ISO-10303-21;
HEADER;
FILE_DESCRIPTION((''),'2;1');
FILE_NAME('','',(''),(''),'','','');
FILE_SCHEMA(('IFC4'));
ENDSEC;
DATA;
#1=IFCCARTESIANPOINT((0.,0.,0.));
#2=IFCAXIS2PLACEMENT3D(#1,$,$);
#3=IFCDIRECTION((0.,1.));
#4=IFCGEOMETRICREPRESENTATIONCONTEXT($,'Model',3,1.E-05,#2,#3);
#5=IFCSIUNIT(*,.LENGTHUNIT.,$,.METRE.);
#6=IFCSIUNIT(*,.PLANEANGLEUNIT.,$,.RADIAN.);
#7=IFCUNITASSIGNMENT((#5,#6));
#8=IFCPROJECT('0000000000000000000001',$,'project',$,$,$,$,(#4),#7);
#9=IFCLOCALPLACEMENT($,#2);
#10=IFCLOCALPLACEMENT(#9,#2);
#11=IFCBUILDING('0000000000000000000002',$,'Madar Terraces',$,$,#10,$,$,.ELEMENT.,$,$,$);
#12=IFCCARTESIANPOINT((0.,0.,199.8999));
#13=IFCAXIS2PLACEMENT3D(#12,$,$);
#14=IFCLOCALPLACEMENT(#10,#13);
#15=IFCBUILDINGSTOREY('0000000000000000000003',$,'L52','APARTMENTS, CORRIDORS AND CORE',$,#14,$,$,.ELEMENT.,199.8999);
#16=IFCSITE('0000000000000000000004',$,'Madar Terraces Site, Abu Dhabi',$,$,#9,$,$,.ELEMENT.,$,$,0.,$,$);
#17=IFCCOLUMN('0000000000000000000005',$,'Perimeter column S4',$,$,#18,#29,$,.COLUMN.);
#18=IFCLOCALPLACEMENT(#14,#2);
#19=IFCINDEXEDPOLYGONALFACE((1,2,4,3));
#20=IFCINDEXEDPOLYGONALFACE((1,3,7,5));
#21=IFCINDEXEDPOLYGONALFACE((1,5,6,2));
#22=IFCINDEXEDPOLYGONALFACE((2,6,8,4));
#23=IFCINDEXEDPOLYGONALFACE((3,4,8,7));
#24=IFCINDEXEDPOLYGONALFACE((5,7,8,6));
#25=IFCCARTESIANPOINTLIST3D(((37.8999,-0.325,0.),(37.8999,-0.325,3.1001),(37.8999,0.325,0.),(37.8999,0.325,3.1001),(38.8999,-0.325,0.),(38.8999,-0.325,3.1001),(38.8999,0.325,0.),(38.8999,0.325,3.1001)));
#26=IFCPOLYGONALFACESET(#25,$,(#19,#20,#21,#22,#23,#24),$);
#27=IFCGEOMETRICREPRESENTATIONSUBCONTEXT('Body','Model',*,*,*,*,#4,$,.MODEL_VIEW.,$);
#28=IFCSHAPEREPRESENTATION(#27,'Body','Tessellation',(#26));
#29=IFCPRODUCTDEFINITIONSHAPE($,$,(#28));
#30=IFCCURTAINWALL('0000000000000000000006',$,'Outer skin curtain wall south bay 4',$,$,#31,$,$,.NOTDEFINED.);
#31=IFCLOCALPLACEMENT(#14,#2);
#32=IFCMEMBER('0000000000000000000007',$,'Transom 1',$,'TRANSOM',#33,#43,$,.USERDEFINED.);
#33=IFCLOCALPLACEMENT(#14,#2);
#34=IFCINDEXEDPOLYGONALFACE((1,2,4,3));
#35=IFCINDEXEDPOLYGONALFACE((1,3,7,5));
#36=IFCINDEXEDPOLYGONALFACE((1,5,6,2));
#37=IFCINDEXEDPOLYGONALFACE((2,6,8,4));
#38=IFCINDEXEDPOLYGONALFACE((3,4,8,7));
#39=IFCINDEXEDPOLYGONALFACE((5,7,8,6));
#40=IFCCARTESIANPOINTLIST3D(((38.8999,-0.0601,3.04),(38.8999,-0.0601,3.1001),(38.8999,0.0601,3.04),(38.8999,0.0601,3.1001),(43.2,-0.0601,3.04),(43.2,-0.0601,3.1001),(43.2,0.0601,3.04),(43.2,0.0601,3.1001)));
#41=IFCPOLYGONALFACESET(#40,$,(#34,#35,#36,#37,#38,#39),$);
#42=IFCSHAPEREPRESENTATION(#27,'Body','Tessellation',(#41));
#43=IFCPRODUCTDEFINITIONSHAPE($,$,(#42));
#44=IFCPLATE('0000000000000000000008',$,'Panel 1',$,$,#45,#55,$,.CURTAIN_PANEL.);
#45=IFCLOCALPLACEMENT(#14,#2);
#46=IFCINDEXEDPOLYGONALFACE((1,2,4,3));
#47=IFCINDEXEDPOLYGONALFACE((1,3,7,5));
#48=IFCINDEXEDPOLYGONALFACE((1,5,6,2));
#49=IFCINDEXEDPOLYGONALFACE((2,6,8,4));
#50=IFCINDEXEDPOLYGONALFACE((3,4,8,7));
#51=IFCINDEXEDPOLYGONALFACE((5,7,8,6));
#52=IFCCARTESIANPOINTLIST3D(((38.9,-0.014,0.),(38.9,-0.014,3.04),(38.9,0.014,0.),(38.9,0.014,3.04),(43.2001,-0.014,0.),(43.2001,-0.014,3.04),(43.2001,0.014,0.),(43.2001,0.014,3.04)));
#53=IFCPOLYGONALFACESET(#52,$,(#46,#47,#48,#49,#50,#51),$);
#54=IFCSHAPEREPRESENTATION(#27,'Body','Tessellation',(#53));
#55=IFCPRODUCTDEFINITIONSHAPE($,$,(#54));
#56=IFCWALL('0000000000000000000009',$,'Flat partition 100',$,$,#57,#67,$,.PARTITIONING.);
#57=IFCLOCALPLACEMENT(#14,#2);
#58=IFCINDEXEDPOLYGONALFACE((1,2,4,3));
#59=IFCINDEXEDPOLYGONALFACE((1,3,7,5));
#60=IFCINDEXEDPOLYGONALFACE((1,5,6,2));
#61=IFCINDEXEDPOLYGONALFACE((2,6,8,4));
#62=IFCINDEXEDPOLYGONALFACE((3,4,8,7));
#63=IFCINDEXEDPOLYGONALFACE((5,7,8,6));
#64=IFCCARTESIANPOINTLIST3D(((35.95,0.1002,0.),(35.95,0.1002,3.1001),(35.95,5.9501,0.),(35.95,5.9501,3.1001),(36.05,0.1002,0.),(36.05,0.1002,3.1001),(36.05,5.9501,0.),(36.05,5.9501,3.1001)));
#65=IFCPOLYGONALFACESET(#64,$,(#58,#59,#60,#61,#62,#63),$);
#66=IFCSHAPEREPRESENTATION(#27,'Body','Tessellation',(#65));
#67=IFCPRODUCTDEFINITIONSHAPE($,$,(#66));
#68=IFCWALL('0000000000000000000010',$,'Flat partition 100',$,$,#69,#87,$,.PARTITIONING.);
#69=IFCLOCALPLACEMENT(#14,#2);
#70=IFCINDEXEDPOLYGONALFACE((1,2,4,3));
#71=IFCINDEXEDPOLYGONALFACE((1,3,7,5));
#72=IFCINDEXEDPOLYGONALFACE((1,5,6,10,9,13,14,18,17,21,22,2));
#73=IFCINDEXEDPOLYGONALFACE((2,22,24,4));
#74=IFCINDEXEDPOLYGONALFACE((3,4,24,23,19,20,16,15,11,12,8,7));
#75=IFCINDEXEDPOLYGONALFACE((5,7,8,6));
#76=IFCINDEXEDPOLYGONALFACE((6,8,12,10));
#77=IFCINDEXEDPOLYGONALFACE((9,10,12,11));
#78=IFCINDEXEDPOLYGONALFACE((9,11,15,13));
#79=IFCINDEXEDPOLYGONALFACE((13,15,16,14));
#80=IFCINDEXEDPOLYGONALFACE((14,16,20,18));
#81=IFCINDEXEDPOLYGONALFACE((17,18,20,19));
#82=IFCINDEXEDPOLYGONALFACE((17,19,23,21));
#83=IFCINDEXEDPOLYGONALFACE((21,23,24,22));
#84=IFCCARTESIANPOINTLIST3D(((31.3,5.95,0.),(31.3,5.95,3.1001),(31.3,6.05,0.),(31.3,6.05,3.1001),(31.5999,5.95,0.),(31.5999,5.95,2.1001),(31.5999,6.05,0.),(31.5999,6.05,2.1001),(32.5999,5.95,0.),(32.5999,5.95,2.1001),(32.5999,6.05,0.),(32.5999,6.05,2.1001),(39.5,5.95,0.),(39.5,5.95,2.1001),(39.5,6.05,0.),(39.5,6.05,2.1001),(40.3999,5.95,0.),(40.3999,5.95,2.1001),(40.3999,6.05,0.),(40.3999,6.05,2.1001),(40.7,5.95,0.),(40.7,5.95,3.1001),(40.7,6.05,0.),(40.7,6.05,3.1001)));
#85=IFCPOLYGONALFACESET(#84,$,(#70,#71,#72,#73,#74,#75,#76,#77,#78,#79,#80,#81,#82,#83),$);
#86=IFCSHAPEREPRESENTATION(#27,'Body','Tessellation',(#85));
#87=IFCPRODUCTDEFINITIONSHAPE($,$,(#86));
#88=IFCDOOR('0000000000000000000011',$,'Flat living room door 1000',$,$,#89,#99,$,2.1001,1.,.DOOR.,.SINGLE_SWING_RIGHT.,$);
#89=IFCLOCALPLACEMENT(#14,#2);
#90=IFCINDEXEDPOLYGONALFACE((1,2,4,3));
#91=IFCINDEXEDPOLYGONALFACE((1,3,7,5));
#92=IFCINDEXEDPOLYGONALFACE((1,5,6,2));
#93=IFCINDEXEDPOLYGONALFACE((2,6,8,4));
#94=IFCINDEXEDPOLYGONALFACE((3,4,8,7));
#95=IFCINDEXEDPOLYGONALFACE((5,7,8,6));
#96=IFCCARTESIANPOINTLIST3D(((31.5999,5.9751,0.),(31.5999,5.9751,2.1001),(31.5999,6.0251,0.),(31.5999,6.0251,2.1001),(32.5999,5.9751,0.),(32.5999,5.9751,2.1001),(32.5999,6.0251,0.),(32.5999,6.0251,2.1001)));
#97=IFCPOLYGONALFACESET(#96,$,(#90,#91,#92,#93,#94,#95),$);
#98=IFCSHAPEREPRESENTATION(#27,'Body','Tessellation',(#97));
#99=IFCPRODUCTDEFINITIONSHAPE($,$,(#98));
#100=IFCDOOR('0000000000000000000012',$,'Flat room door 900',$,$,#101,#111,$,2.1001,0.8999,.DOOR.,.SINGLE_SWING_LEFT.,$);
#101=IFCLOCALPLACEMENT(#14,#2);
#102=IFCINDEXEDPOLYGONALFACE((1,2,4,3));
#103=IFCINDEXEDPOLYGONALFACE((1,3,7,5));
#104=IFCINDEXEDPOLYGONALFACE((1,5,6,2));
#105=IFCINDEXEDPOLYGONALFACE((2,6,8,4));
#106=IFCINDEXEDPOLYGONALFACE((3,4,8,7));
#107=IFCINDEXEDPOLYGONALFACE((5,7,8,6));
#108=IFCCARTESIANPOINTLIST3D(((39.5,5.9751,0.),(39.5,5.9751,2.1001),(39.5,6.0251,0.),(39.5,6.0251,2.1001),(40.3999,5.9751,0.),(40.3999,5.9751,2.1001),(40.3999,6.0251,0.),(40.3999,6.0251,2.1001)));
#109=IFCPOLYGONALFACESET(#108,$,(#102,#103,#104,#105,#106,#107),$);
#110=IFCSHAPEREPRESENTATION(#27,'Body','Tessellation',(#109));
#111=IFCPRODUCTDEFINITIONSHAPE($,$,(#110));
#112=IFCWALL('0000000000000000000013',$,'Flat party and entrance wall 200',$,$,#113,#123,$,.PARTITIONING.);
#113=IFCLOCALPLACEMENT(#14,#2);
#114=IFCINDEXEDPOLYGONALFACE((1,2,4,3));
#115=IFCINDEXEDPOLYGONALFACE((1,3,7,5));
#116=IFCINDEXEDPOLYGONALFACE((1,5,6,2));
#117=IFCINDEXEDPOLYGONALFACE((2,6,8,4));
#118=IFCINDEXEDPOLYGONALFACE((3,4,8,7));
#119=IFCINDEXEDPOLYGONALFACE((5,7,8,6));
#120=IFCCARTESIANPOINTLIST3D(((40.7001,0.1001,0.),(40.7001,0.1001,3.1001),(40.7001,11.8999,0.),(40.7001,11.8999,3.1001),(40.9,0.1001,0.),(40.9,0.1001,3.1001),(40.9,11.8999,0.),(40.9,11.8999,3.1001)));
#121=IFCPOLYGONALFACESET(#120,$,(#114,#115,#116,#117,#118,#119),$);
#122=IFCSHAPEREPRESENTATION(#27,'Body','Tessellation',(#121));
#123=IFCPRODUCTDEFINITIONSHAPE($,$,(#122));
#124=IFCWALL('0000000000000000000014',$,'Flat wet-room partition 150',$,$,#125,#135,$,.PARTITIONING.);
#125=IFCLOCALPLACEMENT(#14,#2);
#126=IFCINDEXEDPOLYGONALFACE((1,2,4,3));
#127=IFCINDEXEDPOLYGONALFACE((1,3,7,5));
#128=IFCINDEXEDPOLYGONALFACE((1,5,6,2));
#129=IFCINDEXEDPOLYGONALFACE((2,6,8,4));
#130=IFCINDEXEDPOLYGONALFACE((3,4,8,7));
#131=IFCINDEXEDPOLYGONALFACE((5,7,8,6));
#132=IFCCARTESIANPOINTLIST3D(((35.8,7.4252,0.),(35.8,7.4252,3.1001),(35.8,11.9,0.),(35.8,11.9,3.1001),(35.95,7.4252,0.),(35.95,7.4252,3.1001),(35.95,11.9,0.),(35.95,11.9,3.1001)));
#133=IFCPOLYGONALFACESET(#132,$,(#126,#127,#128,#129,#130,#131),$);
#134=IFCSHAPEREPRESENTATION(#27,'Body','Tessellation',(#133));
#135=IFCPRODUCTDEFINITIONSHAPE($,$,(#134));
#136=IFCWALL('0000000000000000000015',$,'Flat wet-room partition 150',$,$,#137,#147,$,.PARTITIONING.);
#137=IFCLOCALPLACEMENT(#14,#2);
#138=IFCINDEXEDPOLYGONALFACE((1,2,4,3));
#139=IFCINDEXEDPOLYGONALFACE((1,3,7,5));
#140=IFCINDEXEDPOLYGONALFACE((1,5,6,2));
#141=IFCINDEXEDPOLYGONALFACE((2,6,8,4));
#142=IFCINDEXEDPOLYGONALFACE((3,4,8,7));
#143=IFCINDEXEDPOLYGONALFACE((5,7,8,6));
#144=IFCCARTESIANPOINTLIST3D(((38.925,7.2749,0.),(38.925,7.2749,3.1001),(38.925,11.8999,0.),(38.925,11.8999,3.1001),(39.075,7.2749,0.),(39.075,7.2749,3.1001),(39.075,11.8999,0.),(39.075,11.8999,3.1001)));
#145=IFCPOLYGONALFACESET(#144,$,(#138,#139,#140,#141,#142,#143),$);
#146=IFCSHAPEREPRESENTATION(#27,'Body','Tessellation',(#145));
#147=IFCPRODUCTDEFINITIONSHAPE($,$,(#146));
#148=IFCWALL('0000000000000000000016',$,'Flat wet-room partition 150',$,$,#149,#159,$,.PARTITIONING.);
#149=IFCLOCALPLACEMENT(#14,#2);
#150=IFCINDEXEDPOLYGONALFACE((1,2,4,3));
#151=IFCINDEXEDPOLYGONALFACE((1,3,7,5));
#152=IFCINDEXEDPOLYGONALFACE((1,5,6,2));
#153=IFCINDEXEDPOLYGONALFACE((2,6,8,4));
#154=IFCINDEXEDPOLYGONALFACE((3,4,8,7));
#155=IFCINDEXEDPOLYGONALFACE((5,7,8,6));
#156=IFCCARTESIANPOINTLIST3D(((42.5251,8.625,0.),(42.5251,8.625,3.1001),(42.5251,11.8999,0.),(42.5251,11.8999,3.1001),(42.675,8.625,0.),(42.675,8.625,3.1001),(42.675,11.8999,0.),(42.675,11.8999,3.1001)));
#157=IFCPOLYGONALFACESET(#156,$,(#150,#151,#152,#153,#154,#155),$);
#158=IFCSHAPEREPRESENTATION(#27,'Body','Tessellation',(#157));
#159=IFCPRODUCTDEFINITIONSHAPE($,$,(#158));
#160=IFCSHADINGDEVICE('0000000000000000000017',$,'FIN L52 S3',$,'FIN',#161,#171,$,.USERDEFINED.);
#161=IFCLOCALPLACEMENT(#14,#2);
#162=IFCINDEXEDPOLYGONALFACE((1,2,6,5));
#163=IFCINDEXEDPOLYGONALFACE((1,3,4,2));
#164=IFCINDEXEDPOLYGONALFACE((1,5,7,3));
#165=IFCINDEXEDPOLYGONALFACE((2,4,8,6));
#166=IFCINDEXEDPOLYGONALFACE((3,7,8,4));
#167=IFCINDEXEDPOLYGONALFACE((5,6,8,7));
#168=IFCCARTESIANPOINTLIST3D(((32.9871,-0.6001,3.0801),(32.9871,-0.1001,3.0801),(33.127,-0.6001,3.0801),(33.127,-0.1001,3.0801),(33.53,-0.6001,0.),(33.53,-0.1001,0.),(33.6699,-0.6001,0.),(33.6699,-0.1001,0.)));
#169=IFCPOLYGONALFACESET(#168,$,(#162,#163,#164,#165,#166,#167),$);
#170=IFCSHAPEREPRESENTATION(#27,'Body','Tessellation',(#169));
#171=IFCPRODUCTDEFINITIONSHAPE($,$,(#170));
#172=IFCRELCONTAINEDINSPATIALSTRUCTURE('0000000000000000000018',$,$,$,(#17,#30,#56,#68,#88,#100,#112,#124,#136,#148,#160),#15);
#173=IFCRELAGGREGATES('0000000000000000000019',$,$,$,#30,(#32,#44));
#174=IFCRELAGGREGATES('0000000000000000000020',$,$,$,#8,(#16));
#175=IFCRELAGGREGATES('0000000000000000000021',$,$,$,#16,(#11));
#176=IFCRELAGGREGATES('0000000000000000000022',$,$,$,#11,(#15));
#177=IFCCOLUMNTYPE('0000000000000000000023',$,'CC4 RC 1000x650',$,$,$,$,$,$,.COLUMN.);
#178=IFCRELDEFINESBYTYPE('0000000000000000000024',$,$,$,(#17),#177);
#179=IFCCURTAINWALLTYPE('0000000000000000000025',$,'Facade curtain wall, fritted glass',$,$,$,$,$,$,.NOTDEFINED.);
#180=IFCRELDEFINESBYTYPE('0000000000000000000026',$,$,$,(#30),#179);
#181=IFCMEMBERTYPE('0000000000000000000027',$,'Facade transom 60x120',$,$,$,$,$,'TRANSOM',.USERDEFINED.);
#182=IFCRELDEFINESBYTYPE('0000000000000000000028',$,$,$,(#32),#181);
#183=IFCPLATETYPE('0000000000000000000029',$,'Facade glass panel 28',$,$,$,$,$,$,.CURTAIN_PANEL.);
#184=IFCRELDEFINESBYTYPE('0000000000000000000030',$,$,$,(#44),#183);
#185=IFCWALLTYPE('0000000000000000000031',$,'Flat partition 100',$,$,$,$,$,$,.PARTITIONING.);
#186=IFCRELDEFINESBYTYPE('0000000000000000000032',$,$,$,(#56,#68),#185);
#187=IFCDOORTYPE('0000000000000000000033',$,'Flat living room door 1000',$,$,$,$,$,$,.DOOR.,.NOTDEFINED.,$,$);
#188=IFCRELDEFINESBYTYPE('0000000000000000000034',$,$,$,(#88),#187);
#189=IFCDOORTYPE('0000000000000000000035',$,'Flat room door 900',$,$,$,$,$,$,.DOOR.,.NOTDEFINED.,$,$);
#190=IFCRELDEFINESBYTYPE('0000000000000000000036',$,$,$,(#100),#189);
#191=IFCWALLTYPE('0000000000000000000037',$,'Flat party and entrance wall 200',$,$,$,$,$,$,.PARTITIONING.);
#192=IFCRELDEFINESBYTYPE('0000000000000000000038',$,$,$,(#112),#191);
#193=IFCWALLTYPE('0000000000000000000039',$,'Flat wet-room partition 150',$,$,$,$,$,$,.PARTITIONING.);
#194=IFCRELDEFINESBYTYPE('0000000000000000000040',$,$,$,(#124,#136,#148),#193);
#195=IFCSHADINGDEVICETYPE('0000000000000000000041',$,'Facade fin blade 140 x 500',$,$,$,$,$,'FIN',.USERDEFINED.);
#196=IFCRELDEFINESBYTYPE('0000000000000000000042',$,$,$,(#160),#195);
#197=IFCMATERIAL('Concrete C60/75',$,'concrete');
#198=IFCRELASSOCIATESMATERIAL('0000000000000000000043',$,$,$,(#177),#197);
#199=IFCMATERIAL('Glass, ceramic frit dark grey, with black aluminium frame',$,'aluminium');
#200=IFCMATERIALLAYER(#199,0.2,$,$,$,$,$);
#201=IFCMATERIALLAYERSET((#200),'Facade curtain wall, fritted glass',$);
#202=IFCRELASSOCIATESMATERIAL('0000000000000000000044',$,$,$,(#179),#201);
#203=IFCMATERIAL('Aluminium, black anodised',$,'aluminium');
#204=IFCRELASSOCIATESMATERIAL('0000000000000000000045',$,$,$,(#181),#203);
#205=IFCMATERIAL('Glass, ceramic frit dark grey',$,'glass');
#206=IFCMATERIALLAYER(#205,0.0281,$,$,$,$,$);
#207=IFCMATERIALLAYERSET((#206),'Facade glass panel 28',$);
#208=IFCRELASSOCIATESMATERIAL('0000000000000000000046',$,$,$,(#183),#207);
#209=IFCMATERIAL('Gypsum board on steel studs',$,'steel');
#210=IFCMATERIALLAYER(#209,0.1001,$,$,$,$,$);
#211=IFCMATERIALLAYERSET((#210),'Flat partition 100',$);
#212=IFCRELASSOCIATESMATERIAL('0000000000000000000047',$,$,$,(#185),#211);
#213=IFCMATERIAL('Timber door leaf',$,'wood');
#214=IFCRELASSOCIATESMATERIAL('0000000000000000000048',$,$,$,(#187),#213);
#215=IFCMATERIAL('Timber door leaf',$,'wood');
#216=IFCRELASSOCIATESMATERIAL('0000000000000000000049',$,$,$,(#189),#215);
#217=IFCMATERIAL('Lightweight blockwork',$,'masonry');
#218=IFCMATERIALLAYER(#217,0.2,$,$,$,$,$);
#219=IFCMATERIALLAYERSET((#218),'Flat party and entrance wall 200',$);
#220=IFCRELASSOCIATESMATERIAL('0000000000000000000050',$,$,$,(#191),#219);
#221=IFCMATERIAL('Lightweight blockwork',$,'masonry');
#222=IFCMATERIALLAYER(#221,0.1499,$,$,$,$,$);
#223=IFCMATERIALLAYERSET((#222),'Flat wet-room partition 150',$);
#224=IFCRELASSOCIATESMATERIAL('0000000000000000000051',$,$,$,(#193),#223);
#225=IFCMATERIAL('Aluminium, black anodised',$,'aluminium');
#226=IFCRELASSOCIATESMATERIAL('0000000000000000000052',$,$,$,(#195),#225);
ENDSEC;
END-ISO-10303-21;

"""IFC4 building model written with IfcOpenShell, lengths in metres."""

from ifc_helpers import new_model, si_unit, direction, frame, frame_2d, origin, origin_2d, place, context, subcontext, project, spatial, polyline, rectangle, outline, extrude, material, layer, layer_set, material_profile, profile_set, type_object, element, fill, aggregate, save


model = new_model("IFC4")

# Units and contexts
model_context = context("Model", 3, precision=1e-05, world=origin(), true_north=direction((0.0, 1.0)))
body_context = subcontext(model_context, "Body", "Model", "MODEL_VIEW")
ifc_project = project(units=[si_unit("LENGTHUNIT", "METRE"), si_unit("PLANEANGLEUNIT", "RADIAN")], contexts=[model_context])

# Site, building, storey
site_placement = place(None, origin())
site = spatial("IfcSite", under=ifc_project, at=site_placement, Name="Madar Terraces Site, Abu Dhabi", CompositionType="ELEMENT", RefElevation=0.0)
building_placement = place(site_placement, origin())
building = spatial("IfcBuilding", under=site, at=building_placement, Name="Madar Terraces", CompositionType="ELEMENT")
storey_placement = place(building_placement, frame((0.0, 0.0, 199.8999)))
storey = spatial("IfcBuildingStorey", under=building, at=storey_placement, Name="L52", Description="APARTMENTS, CORRIDORS AND CORE", CompositionType="ELEMENT", Elevation=199.8999)

# Column
ifc_material_1 = material(Name="Concrete C60/75", Category="concrete")
ifc_material_profile_1 = material_profile(ifc_material_1, rectangle(XDim=1.0, YDim=0.6499, at=origin_2d()), Name="CC4 RC 1000x650")
ifc_profile_set_1 = profile_set([ifc_material_profile_1], Name="Concrete C60/75")
column_type = type_object("IfcColumnType", Name="CC4 RC 1000x650", PredefinedType="COLUMN", material=ifc_profile_set_1)
column_placement = place(storey_placement, frame((38.3999, 0.0, 0.0), z_axis=(0.0, 0.0, 1.0), x_axis=(1.0, 0.0, 0.0)))
element("IfcColumn", 1, at=column_placement, inside=storey, type_object=column_type, Name="Perimeter column S4", PredefinedType="COLUMN", context=body_context, shape_type="SweptSolid", body=[
    extrude(rectangle(XDim=1.0, YDim=0.6499, at=origin_2d()), origin(), (0.0, 0.0, 1.0), 3.1001),
])

# Curtain wall, member, plate
ifc_material_2 = material(Name="Glass, ceramic frit dark grey, with black aluminium frame", Category="aluminium")
ifc_layer_1 = layer(ifc_material_2, 0.2)
ifc_layer_set_1 = layer_set([ifc_layer_1], Name="Facade curtain wall, fritted glass")
curtain_wall_type = type_object("IfcCurtainWallType", Name="Facade curtain wall, fritted glass", PredefinedType="NOTDEFINED", material=ifc_layer_set_1)
curtain_wall_placement = place(storey_placement, origin())
curtain_wall = element("IfcCurtainWall", 2, at=curtain_wall_placement, inside=storey, type_object=curtain_wall_type, Name="Outer skin curtain wall south bay 4", PredefinedType="NOTDEFINED")
ifc_material_3 = material(Name="Aluminium, black anodised", Category="aluminium")
ifc_material_profile_2 = material_profile(ifc_material_3, rectangle(XDim=0.1201, YDim=0.0601, at=origin_2d()), Name="Facade transom 60x120")
ifc_profile_set_2 = profile_set([ifc_material_profile_2], Name="Aluminium, black anodised")
member_type = type_object("IfcMemberType", Name="Facade transom 60x120", ElementType="TRANSOM", PredefinedType="USERDEFINED", material=ifc_profile_set_2)
member_placement = place(storey_placement, frame((38.8999, 0.0, 3.0701), z_axis=(1.0, 0.0, 0.0), x_axis=(0.0, 1.0, 0.0)))
member = element("IfcMember", 3, at=member_placement, type_object=member_type, Name="Transom 1", ObjectType="TRANSOM", PredefinedType="USERDEFINED", context=body_context, shape_type="SweptSolid", body=[
    extrude(rectangle(XDim=0.1201, YDim=0.0601, at=origin_2d()), origin(), (0.0, 0.0, 1.0), 4.3),
])
ifc_material_4 = material(Name="Glass, ceramic frit dark grey", Category="glass")
ifc_layer_2 = layer(ifc_material_4, 0.0281)
ifc_layer_set_2 = layer_set([ifc_layer_2], Name="Facade glass panel 28")
plate_type = type_object("IfcPlateType", Name="Facade glass panel 28", PredefinedType="CURTAIN_PANEL", material=ifc_layer_set_2)
plate_placement = place(storey_placement, frame((41.05, 0.0, 0.0), z_axis=(0.0, 0.0, 1.0), x_axis=(1.0, 0.0, 0.0)))
plate = element("IfcPlate", 4, at=plate_placement, type_object=plate_type, Name="Panel 1", PredefinedType="CURTAIN_PANEL", context=body_context, shape_type="SweptSolid", body=[
    extrude(rectangle(XDim=4.3, YDim=0.0281, at=origin_2d()), origin(), (0.0, 0.0, 1.0), 3.04),
])
aggregate(curtain_wall, [member, plate])

# Wall
ifc_material_5 = material(Name="Gypsum board on steel studs", Category="steel")
ifc_layer_3 = layer(ifc_material_5, 0.1001)
ifc_layer_set_3 = layer_set([ifc_layer_3], Name="Flat partition 100")
wall_type_1 = type_object("IfcWallType", Name="Flat partition 100", PredefinedType="PARTITIONING", material=ifc_layer_set_3)
wall_1_placement = place(storey_placement, frame((36.0, 5.95, 0.0), z_axis=(0.0, 0.0, 1.0), x_axis=(0.0, -1.0, 0.0)))
element("IfcWall", 5, at=wall_1_placement, inside=storey, type_object=wall_type_1, Name="Flat partition 100", PredefinedType="PARTITIONING", context=body_context, shape_type="SweptSolid", body=[
    extrude(rectangle(XDim=5.8499, YDim=0.1001, at=frame_2d((2.9248, 0.0))), origin(), (0.0, 0.0, 1.0), 3.1001),
])

# Wall, openings, doors
wall_2_placement = place(storey_placement, frame((40.7, 6.0, 0.0), z_axis=(0.0, 0.0, 1.0), x_axis=(-1.0, 0.0, 0.0)))
wall_2 = element("IfcWall", 6, at=wall_2_placement, inside=storey, type_object=wall_type_1, Name="Flat partition 100", PredefinedType="PARTITIONING", context=body_context, shape_type="SweptSolid", body=[
    extrude(rectangle(XDim=9.3999, YDim=0.1001, at=frame_2d((4.7, 0.0))), origin(), (0.0, 0.0, 1.0), 3.1001),
])
opening_1_placement = place(wall_2_placement, frame((0.3, 0.0, 0.0)))
opening_1 = element("IfcOpeningElement", 7, at=opening_1_placement, cuts=wall_2, PredefinedType="OPENING", context=body_context, shape_type="SweptSolid", body=[
    extrude(rectangle(XDim=0.8999, YDim=2.1001, at=frame_2d((0.45, 1.05))), frame((0.0, 0.0601, 0.0), z_axis=(0.0, -1.0, 0.0), x_axis=(1.0, 0.0, 0.0)), (0.0, 0.0, 1.0), 0.1201),
])
opening_2_placement = place(wall_2_placement, frame((8.1001, 0.0, 0.0)))
opening_2 = element("IfcOpeningElement", 8, at=opening_2_placement, cuts=wall_2, PredefinedType="OPENING", context=body_context, shape_type="SweptSolid", body=[
    extrude(rectangle(XDim=1.0, YDim=2.1001, at=frame_2d((0.5, 1.05))), frame((0.0, 0.0601, 0.0), z_axis=(0.0, -1.0, 0.0), x_axis=(1.0, 0.0, 0.0)), (0.0, 0.0, 1.0), 0.1201),
])
ifc_material_6 = material(Name="Timber door leaf", Category="wood")
door_type_1 = type_object("IfcDoorType", Name="Flat living room door 1000", OperationType="NOTDEFINED", PredefinedType="DOOR", material=ifc_material_6)
door_1_placement = place(opening_2_placement, origin())
door_1 = element("IfcDoor", 9, at=door_1_placement, inside=storey, type_object=door_type_1, Name="Flat living room door 1000", OperationType="SINGLE_SWING_RIGHT", OverallHeight=2.1001, OverallWidth=1.0, PredefinedType="DOOR", context=body_context, shape_type="SweptSolid", body=[
    extrude(rectangle(XDim=1.0, YDim=2.1001, at=frame_2d((0.5, 1.05))), frame((0.0, 0.0249, 0.0), z_axis=(0.0, -1.0, 0.0), x_axis=(1.0, 0.0, 0.0)), (0.0, 0.0, 1.0), 0.05),
])
fill(opening_2, door_1)
ifc_material_7 = material(Name="Timber door leaf", Category="wood")
door_type_2 = type_object("IfcDoorType", Name="Flat room door 900", OperationType="NOTDEFINED", PredefinedType="DOOR", material=ifc_material_7)
door_2_placement = place(opening_1_placement, origin())
door_2 = element("IfcDoor", 10, at=door_2_placement, inside=storey, type_object=door_type_2, Name="Flat room door 900", OperationType="SINGLE_SWING_LEFT", OverallHeight=2.1001, OverallWidth=0.8999, PredefinedType="DOOR", context=body_context, shape_type="SweptSolid", body=[
    extrude(rectangle(XDim=0.8999, YDim=2.1001, at=frame_2d((0.45, 1.05))), frame((0.0, 0.0249, 0.0), z_axis=(0.0, -1.0, 0.0), x_axis=(1.0, 0.0, 0.0)), (0.0, 0.0, 1.0), 0.05),
])
fill(opening_1, door_2)

# Walls
ifc_material_8 = material(Name="Lightweight blockwork", Category="masonry")
ifc_layer_4 = layer(ifc_material_8, 0.2)
ifc_layer_set_4 = layer_set([ifc_layer_4], Name="Flat party and entrance wall 200")
wall_type_2 = type_object("IfcWallType", Name="Flat party and entrance wall 200", PredefinedType="PARTITIONING", material=ifc_layer_set_4)
wall_3_placement = place(storey_placement, frame((40.8, 11.8999, 0.0), z_axis=(0.0, 0.0, 1.0), x_axis=(0.0, -1.0, 0.0)))
element("IfcWall", 11, at=wall_3_placement, inside=storey, type_object=wall_type_2, Name="Flat party and entrance wall 200", PredefinedType="PARTITIONING", context=body_context, shape_type="SweptSolid", body=[
    extrude(rectangle(XDim=11.7998, YDim=0.2, at=frame_2d((5.8999, 0.0))), origin(), (0.0, 0.0, 1.0), 3.1001),
])
ifc_material_9 = material(Name="Lightweight blockwork", Category="masonry")
ifc_layer_5 = layer(ifc_material_9, 0.1499)
ifc_layer_set_5 = layer_set([ifc_layer_5], Name="Flat wet-room partition 150")
wall_type_3 = type_object("IfcWallType", Name="Flat wet-room partition 150", PredefinedType="PARTITIONING", material=ifc_layer_set_5)
wall_4_placement = place(storey_placement, frame((35.875, 11.8999, 0.0), z_axis=(0.0, 0.0, 1.0), x_axis=(0.0, -1.0, 0.0)))
element("IfcWall", 12, at=wall_4_placement, inside=storey, type_object=wall_type_3, Name="Flat wet-room partition 150", PredefinedType="PARTITIONING", context=body_context, shape_type="SweptSolid", body=[
    extrude(rectangle(XDim=4.4749, YDim=0.1499, at=frame_2d((2.2373, 0.0))), origin(), (0.0, 0.0, 1.0), 3.1001),
])
wall_5_placement = place(storey_placement, frame((39.0, 11.8999, 0.0), z_axis=(0.0, 0.0, 1.0), x_axis=(0.0, -1.0, 0.0)))
element("IfcWall", 13, at=wall_5_placement, inside=storey, type_object=wall_type_3, Name="Flat wet-room partition 150", PredefinedType="PARTITIONING", context=body_context, shape_type="SweptSolid", body=[
    extrude(rectangle(XDim=4.625, YDim=0.1499, at=frame_2d((2.3125, 0.0))), origin(), (0.0, 0.0, 1.0), 3.1001),
])
wall_6_placement = place(storey_placement, frame((42.6001, 11.8999, 0.0), z_axis=(0.0, 0.0, 1.0), x_axis=(0.0, -1.0, 0.0)))
element("IfcWall", 14, at=wall_6_placement, inside=storey, type_object=wall_type_3, Name="Flat wet-room partition 150", PredefinedType="PARTITIONING", context=body_context, shape_type="SweptSolid", body=[
    extrude(rectangle(XDim=3.2749, YDim=0.1499, at=frame_2d((1.6375, 0.0))), origin(), (0.0, 0.0, 1.0), 3.1001),
])

# Shading device
ifc_material_10 = material(Name="Aluminium, black anodised", Category="aluminium")
shading_device_type = type_object("IfcShadingDeviceType", Name="Facade fin blade 140 x 500", ElementType="FIN", PredefinedType="USERDEFINED", material=ifc_material_10)
shading_device_placement = place(storey_placement, frame((33.53, -0.3501, 0.0), z_axis=(0.0, 0.0, 1.0), x_axis=(1.0, 0.0, 0.0)))
element("IfcShadingDevice", 15, at=shading_device_placement, inside=storey, type_object=shading_device_type, Name="FIN L52 S3", ObjectType="FIN", PredefinedType="USERDEFINED", context=body_context, shape_type="SweptSolid", body=[
    extrude(outline(polyline([(0.0, 0.0), (0.1399, 0.0), (-0.4031, 3.0801), (-0.543, 3.0801), (0.0, 0.0)])), frame((0.0, 0.25, 0.0), z_axis=(0.0, -1.0, 0.0), x_axis=(1.0, 0.0, 0.0)), (0.0, 0.0, 1.0), 0.5),
])

save(model, "model.ifc")
